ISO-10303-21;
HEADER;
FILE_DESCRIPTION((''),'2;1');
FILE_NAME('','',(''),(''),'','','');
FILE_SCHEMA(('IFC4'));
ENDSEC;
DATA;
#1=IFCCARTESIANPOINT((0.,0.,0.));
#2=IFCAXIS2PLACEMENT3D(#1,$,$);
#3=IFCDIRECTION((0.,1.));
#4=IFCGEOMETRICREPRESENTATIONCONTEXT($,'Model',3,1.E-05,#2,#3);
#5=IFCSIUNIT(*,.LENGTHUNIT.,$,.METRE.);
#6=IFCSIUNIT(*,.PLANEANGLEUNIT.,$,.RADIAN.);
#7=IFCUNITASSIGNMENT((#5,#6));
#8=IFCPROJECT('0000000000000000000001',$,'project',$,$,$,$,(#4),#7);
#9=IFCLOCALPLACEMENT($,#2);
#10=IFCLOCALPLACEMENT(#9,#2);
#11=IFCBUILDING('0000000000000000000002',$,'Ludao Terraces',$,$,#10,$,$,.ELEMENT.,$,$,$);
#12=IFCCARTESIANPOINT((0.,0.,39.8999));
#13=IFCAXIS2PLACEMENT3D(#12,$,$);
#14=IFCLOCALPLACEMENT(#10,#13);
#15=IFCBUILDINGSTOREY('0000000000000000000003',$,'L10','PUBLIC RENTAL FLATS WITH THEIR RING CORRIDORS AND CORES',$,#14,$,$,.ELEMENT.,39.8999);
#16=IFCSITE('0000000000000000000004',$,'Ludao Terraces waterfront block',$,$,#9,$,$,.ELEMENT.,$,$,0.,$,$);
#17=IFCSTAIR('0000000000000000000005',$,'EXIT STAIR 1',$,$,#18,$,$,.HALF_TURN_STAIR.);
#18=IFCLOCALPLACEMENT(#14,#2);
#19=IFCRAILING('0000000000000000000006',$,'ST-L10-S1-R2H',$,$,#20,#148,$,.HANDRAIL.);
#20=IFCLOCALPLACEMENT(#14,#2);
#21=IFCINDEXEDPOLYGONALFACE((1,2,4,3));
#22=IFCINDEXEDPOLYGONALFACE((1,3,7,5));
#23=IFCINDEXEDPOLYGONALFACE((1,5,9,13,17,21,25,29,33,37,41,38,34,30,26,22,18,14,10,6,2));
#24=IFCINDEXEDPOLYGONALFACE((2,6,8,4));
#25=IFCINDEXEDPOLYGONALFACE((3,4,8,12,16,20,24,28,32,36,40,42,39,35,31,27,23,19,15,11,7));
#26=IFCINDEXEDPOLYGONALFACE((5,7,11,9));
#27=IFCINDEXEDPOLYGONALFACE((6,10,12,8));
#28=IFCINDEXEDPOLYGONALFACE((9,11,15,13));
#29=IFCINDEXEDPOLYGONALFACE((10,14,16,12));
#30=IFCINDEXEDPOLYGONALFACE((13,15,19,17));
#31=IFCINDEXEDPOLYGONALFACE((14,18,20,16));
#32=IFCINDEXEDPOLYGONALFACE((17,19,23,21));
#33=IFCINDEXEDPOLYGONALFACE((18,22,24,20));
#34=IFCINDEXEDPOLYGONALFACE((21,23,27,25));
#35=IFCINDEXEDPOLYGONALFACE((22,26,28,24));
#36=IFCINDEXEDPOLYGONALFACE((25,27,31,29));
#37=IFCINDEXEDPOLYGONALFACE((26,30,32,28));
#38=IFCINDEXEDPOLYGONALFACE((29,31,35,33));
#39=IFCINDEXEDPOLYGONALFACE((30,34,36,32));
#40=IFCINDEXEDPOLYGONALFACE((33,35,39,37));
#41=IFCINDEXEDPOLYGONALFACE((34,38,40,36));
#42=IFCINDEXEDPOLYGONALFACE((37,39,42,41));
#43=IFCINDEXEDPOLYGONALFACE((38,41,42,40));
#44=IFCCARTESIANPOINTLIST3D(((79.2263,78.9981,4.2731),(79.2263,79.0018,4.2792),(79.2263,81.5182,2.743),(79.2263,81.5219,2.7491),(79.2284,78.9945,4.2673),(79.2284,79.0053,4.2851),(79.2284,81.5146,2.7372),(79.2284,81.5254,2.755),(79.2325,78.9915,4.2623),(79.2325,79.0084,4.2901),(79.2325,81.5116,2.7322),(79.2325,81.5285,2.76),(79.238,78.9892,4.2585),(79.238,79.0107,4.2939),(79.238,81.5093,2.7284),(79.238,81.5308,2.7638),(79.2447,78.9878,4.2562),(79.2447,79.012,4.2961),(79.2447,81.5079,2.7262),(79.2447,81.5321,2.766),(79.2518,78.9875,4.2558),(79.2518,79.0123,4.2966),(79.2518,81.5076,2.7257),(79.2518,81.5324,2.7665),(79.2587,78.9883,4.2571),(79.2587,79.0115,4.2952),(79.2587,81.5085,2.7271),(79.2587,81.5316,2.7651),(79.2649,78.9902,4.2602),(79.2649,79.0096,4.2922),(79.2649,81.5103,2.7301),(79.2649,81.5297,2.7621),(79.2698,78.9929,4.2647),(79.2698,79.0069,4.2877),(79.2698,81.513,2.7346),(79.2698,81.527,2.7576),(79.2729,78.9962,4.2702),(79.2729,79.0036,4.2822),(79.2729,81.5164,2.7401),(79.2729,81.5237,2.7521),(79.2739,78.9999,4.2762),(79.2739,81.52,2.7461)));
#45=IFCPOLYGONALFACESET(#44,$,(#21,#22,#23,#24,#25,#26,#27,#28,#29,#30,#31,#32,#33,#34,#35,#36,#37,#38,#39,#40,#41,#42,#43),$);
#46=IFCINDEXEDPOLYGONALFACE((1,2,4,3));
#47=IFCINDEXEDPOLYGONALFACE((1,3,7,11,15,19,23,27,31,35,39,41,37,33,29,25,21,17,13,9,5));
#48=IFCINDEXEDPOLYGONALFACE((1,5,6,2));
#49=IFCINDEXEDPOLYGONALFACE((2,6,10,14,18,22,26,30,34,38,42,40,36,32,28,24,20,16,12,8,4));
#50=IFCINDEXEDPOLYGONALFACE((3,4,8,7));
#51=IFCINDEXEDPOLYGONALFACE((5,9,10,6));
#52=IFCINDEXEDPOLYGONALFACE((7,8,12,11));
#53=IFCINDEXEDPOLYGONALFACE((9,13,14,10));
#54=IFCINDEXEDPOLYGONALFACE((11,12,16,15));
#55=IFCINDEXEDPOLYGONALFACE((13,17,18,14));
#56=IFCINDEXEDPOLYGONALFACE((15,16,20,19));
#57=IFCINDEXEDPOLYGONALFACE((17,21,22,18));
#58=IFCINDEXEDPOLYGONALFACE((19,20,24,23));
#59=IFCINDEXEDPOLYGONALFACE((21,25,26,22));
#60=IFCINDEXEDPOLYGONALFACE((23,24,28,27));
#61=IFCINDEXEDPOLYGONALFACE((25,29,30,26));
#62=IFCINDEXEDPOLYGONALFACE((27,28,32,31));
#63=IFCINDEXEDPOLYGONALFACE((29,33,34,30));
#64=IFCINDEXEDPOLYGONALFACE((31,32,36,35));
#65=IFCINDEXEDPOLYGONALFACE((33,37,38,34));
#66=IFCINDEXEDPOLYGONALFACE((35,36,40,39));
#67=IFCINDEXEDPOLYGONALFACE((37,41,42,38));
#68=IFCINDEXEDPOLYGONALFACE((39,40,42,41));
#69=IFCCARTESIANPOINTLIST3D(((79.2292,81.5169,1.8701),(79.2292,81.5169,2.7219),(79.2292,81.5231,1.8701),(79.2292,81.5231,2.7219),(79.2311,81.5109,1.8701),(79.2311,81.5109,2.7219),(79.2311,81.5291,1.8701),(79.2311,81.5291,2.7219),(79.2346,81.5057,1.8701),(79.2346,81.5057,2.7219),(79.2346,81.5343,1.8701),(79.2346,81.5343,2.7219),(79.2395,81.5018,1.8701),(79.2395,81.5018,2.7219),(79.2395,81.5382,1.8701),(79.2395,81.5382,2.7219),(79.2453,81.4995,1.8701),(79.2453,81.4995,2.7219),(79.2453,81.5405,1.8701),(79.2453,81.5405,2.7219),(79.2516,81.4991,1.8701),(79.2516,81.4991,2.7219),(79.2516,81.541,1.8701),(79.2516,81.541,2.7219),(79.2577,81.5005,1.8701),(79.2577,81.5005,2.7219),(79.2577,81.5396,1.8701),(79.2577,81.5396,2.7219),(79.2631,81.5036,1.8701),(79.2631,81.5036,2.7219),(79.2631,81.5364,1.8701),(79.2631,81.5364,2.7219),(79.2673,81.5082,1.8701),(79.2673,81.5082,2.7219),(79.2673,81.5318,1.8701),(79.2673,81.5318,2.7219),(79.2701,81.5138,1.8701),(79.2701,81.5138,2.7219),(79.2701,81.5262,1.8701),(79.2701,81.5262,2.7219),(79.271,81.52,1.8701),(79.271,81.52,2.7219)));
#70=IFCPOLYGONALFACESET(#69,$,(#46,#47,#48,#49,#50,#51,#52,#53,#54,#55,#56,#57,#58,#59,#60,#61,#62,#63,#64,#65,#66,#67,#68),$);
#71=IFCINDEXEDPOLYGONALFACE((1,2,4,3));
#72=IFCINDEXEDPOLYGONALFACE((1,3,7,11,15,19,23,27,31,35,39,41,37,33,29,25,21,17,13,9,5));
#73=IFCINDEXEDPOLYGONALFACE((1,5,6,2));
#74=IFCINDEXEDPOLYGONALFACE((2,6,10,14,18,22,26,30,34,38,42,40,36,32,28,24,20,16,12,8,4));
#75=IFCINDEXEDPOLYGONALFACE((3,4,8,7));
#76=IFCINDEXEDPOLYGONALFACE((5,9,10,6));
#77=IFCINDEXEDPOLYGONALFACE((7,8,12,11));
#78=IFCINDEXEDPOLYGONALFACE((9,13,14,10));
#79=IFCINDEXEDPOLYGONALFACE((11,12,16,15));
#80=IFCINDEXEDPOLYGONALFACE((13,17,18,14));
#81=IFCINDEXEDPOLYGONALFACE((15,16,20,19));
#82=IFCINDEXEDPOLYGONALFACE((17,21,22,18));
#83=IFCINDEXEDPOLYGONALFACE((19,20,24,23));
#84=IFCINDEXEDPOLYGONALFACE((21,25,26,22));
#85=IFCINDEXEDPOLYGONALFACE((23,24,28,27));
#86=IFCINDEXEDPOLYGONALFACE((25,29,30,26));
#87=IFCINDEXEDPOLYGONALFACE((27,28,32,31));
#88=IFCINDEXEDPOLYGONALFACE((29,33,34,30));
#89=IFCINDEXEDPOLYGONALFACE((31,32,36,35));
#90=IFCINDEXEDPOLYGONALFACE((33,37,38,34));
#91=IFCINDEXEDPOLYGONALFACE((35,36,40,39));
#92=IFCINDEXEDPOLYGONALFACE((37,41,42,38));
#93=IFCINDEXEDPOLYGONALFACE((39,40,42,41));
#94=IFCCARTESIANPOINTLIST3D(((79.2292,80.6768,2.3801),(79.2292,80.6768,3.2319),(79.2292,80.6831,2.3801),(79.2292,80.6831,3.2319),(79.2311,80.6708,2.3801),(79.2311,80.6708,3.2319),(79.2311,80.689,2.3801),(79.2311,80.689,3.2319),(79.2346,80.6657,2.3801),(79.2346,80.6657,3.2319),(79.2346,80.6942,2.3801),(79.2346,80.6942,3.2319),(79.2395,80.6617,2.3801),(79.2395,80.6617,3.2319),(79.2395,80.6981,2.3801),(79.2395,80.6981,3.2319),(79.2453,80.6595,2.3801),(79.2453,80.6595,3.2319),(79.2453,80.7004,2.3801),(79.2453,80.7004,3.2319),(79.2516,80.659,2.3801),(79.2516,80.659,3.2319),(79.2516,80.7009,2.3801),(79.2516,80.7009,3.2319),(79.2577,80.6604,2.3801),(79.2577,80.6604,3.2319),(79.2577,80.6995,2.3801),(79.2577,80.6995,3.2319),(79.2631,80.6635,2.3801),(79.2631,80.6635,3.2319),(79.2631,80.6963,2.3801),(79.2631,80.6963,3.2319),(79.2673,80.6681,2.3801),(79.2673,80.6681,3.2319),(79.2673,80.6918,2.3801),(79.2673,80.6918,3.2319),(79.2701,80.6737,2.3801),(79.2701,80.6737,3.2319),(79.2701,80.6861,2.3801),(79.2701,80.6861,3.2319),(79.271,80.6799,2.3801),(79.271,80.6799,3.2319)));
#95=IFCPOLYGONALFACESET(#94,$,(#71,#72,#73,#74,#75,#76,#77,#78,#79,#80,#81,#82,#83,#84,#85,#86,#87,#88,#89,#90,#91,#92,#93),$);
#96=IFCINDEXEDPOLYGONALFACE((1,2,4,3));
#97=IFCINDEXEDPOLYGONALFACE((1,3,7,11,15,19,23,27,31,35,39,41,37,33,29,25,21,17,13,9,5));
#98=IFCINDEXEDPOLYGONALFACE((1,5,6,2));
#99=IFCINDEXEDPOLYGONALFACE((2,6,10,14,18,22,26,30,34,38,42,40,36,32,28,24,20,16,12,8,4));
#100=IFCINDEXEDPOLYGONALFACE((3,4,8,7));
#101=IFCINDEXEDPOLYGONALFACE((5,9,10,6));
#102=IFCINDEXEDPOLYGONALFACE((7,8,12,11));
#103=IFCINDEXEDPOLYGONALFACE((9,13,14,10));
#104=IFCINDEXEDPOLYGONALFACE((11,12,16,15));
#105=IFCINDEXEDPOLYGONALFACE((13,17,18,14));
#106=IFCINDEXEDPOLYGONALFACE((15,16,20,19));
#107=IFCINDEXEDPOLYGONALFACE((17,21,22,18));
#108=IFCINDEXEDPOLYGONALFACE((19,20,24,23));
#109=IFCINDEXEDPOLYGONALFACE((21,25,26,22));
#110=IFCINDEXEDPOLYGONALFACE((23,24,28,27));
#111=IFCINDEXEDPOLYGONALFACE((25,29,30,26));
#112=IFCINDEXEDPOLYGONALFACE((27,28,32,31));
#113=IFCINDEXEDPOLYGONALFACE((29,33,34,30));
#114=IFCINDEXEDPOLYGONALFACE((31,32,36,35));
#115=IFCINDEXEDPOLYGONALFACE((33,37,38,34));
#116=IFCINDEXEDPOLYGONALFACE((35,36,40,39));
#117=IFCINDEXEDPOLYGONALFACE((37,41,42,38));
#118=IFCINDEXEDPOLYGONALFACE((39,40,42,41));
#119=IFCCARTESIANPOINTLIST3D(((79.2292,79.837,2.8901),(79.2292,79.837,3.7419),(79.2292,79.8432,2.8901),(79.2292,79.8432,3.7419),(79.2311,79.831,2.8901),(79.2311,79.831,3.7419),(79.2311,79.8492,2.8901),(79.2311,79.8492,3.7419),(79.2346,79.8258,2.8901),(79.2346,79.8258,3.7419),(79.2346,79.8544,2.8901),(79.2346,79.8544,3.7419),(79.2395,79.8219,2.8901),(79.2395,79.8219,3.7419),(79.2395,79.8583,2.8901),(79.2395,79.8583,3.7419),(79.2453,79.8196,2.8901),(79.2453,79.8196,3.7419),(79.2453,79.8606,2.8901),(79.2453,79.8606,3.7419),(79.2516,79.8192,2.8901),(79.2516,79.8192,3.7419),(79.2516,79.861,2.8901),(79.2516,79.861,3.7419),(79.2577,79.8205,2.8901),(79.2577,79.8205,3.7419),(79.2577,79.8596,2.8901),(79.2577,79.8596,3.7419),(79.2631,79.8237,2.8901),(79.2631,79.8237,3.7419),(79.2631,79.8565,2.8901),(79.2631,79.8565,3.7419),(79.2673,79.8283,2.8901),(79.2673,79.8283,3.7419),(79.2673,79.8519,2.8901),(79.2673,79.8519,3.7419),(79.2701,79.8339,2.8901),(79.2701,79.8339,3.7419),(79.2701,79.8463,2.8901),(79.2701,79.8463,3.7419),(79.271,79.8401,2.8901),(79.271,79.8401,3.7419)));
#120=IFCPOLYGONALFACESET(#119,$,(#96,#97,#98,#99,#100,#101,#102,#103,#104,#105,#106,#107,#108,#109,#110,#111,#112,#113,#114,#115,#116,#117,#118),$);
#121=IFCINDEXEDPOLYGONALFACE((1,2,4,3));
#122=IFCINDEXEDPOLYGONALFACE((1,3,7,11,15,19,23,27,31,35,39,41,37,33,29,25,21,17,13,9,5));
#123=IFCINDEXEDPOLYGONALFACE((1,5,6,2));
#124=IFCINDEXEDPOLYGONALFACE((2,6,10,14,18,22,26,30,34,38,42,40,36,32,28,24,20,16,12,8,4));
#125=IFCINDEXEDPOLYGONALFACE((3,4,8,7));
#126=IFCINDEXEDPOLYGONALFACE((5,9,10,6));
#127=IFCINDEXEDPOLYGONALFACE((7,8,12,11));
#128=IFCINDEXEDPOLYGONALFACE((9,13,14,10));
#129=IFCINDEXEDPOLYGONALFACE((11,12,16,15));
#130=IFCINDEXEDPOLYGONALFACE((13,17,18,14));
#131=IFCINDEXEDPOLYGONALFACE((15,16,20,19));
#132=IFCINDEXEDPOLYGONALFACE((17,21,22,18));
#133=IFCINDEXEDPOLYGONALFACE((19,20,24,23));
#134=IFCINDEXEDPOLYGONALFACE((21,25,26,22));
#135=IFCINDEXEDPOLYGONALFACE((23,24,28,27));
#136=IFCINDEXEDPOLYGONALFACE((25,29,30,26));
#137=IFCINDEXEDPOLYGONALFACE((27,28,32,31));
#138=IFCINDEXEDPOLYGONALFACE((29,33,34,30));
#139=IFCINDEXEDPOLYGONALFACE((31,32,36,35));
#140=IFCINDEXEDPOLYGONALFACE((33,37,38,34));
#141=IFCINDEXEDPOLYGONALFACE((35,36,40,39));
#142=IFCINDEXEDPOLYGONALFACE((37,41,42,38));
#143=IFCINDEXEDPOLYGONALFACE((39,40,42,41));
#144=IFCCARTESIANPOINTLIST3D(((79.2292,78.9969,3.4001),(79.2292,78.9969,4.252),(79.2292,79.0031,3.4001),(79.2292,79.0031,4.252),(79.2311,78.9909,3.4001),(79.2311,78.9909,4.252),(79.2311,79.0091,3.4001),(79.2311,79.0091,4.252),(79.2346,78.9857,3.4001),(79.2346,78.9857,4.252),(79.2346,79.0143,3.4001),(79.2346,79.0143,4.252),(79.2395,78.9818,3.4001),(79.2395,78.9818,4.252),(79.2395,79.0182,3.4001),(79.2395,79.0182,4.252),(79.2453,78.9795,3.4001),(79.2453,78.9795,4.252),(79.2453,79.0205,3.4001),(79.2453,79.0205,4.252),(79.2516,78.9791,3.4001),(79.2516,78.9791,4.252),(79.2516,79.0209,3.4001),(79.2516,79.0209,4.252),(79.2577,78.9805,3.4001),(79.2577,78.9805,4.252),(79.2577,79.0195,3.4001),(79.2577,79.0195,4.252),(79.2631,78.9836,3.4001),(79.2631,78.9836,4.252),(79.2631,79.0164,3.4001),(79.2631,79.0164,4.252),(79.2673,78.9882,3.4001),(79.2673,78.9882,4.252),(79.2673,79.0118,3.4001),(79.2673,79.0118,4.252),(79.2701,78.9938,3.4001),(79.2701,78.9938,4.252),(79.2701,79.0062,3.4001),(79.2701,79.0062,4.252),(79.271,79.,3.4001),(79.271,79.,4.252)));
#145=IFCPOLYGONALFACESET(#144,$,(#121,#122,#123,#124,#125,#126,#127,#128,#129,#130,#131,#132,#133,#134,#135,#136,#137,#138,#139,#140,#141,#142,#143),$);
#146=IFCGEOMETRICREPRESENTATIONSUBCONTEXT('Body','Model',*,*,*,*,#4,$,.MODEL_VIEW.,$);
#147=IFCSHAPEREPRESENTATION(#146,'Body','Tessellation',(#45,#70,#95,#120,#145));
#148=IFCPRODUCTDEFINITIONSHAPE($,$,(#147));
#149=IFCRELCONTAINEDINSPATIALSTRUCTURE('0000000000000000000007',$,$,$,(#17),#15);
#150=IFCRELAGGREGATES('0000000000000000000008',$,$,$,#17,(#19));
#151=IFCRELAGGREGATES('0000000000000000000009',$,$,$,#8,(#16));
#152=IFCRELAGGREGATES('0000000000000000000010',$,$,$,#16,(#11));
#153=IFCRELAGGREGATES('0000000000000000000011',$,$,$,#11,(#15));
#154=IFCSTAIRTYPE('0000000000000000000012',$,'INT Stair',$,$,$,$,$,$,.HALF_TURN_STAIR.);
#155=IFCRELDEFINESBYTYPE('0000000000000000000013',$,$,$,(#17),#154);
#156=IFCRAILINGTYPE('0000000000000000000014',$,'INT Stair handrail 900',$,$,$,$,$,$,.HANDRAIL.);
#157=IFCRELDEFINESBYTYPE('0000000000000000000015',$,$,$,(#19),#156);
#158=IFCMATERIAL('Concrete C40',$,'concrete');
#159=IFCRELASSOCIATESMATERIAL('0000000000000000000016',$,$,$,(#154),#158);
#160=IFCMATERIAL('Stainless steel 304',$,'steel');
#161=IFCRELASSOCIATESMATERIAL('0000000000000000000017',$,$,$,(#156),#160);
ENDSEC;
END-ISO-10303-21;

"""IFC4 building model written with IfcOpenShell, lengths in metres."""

from ifc_helpers import new_model, si_unit, direction, frame, origin, origin_2d, place, context, subcontext, project, spatial, circle, extrude, material, type_object, element, aggregate, save


model = new_model("IFC4")

# Units and contexts
model_context = context("Model", 3, precision=1e-05, world=origin(), true_north=direction((0.0, 1.0)))
body_context = subcontext(model_context, "Body", "Model", "MODEL_VIEW")
ifc_project = project(units=[si_unit("LENGTHUNIT", "METRE"), si_unit("PLANEANGLEUNIT", "RADIAN")], contexts=[model_context])

# Site, building, storey
site_placement = place(None, origin())
site = spatial("IfcSite", under=ifc_project, at=site_placement, Name="Ludao Terraces waterfront block", CompositionType="ELEMENT", RefElevation=0.0)
building_placement = place(site_placement, origin())
building = spatial("IfcBuilding", under=site, at=building_placement, Name="Ludao Terraces", CompositionType="ELEMENT")
storey_placement = place(building_placement, frame((0.0, 0.0, 39.8999)))
storey = spatial("IfcBuildingStorey", under=building, at=storey_placement, Name="L10", Description="PUBLIC RENTAL FLATS WITH THEIR RING CORRIDORS AND CORES", CompositionType="ELEMENT", Elevation=39.8999)

# Shared definitions
ifc_material_1 = material(Name="Concrete C40", Category="concrete")

# Shared definitions
ifc_material_2 = material(Name="Stainless steel 304", Category="steel")

# Stair, railing
stair_type = type_object("IfcStairType", Name="INT Stair", PredefinedType="HALF_TURN_STAIR", material=ifc_material_1)
stair_placement = place(storey_placement, origin())
stair = element("IfcStair", 1, at=stair_placement, inside=storey, type_object=stair_type, Name="EXIT STAIR 1", PredefinedType="HALF_TURN_STAIR")
railing_type_1 = type_object("IfcRailingType", Name="INT Stair handrail 900", PredefinedType="HANDRAIL", material=ifc_material_2)
railing_1_placement = place(storey_placement, frame((79.25, 81.52, 1.8701)))
railing_1 = element("IfcRailing", 2, at=railing_1_placement, type_object=railing_type_1, Name="ST-L10-S1-R2H", PredefinedType="HANDRAIL", context=body_context, shape_type="SweptSolid", body=[
    extrude(circle(Radius=0.0239, at=origin_2d()), frame((0.0, 0.0, 0.876), z_axis=(0.0, -0.854785, 0.518982), x_axis=(1.0, 0.0, 0.0)), (0.0, 0.0, 1.0), 2.9482),
    extrude(circle(Radius=0.021, at=origin_2d()), origin(), (0.0, 0.0, 1.0), 0.8518),
    extrude(circle(Radius=0.021, at=origin_2d()), frame((0.0, -0.8401, 0.51)), (0.0, 0.0, 1.0), 0.8518),
    extrude(circle(Radius=0.021, at=origin_2d()), frame((0.0, -1.6799, 1.02)), (0.0, 0.0, 1.0), 0.8518),
    extrude(circle(Radius=0.021, at=origin_2d()), frame((0.0, -2.52, 1.53)), (0.0, 0.0, 1.0), 0.8518),
])
aggregate(stair, [railing_1])

save(model, "model.ifc")
